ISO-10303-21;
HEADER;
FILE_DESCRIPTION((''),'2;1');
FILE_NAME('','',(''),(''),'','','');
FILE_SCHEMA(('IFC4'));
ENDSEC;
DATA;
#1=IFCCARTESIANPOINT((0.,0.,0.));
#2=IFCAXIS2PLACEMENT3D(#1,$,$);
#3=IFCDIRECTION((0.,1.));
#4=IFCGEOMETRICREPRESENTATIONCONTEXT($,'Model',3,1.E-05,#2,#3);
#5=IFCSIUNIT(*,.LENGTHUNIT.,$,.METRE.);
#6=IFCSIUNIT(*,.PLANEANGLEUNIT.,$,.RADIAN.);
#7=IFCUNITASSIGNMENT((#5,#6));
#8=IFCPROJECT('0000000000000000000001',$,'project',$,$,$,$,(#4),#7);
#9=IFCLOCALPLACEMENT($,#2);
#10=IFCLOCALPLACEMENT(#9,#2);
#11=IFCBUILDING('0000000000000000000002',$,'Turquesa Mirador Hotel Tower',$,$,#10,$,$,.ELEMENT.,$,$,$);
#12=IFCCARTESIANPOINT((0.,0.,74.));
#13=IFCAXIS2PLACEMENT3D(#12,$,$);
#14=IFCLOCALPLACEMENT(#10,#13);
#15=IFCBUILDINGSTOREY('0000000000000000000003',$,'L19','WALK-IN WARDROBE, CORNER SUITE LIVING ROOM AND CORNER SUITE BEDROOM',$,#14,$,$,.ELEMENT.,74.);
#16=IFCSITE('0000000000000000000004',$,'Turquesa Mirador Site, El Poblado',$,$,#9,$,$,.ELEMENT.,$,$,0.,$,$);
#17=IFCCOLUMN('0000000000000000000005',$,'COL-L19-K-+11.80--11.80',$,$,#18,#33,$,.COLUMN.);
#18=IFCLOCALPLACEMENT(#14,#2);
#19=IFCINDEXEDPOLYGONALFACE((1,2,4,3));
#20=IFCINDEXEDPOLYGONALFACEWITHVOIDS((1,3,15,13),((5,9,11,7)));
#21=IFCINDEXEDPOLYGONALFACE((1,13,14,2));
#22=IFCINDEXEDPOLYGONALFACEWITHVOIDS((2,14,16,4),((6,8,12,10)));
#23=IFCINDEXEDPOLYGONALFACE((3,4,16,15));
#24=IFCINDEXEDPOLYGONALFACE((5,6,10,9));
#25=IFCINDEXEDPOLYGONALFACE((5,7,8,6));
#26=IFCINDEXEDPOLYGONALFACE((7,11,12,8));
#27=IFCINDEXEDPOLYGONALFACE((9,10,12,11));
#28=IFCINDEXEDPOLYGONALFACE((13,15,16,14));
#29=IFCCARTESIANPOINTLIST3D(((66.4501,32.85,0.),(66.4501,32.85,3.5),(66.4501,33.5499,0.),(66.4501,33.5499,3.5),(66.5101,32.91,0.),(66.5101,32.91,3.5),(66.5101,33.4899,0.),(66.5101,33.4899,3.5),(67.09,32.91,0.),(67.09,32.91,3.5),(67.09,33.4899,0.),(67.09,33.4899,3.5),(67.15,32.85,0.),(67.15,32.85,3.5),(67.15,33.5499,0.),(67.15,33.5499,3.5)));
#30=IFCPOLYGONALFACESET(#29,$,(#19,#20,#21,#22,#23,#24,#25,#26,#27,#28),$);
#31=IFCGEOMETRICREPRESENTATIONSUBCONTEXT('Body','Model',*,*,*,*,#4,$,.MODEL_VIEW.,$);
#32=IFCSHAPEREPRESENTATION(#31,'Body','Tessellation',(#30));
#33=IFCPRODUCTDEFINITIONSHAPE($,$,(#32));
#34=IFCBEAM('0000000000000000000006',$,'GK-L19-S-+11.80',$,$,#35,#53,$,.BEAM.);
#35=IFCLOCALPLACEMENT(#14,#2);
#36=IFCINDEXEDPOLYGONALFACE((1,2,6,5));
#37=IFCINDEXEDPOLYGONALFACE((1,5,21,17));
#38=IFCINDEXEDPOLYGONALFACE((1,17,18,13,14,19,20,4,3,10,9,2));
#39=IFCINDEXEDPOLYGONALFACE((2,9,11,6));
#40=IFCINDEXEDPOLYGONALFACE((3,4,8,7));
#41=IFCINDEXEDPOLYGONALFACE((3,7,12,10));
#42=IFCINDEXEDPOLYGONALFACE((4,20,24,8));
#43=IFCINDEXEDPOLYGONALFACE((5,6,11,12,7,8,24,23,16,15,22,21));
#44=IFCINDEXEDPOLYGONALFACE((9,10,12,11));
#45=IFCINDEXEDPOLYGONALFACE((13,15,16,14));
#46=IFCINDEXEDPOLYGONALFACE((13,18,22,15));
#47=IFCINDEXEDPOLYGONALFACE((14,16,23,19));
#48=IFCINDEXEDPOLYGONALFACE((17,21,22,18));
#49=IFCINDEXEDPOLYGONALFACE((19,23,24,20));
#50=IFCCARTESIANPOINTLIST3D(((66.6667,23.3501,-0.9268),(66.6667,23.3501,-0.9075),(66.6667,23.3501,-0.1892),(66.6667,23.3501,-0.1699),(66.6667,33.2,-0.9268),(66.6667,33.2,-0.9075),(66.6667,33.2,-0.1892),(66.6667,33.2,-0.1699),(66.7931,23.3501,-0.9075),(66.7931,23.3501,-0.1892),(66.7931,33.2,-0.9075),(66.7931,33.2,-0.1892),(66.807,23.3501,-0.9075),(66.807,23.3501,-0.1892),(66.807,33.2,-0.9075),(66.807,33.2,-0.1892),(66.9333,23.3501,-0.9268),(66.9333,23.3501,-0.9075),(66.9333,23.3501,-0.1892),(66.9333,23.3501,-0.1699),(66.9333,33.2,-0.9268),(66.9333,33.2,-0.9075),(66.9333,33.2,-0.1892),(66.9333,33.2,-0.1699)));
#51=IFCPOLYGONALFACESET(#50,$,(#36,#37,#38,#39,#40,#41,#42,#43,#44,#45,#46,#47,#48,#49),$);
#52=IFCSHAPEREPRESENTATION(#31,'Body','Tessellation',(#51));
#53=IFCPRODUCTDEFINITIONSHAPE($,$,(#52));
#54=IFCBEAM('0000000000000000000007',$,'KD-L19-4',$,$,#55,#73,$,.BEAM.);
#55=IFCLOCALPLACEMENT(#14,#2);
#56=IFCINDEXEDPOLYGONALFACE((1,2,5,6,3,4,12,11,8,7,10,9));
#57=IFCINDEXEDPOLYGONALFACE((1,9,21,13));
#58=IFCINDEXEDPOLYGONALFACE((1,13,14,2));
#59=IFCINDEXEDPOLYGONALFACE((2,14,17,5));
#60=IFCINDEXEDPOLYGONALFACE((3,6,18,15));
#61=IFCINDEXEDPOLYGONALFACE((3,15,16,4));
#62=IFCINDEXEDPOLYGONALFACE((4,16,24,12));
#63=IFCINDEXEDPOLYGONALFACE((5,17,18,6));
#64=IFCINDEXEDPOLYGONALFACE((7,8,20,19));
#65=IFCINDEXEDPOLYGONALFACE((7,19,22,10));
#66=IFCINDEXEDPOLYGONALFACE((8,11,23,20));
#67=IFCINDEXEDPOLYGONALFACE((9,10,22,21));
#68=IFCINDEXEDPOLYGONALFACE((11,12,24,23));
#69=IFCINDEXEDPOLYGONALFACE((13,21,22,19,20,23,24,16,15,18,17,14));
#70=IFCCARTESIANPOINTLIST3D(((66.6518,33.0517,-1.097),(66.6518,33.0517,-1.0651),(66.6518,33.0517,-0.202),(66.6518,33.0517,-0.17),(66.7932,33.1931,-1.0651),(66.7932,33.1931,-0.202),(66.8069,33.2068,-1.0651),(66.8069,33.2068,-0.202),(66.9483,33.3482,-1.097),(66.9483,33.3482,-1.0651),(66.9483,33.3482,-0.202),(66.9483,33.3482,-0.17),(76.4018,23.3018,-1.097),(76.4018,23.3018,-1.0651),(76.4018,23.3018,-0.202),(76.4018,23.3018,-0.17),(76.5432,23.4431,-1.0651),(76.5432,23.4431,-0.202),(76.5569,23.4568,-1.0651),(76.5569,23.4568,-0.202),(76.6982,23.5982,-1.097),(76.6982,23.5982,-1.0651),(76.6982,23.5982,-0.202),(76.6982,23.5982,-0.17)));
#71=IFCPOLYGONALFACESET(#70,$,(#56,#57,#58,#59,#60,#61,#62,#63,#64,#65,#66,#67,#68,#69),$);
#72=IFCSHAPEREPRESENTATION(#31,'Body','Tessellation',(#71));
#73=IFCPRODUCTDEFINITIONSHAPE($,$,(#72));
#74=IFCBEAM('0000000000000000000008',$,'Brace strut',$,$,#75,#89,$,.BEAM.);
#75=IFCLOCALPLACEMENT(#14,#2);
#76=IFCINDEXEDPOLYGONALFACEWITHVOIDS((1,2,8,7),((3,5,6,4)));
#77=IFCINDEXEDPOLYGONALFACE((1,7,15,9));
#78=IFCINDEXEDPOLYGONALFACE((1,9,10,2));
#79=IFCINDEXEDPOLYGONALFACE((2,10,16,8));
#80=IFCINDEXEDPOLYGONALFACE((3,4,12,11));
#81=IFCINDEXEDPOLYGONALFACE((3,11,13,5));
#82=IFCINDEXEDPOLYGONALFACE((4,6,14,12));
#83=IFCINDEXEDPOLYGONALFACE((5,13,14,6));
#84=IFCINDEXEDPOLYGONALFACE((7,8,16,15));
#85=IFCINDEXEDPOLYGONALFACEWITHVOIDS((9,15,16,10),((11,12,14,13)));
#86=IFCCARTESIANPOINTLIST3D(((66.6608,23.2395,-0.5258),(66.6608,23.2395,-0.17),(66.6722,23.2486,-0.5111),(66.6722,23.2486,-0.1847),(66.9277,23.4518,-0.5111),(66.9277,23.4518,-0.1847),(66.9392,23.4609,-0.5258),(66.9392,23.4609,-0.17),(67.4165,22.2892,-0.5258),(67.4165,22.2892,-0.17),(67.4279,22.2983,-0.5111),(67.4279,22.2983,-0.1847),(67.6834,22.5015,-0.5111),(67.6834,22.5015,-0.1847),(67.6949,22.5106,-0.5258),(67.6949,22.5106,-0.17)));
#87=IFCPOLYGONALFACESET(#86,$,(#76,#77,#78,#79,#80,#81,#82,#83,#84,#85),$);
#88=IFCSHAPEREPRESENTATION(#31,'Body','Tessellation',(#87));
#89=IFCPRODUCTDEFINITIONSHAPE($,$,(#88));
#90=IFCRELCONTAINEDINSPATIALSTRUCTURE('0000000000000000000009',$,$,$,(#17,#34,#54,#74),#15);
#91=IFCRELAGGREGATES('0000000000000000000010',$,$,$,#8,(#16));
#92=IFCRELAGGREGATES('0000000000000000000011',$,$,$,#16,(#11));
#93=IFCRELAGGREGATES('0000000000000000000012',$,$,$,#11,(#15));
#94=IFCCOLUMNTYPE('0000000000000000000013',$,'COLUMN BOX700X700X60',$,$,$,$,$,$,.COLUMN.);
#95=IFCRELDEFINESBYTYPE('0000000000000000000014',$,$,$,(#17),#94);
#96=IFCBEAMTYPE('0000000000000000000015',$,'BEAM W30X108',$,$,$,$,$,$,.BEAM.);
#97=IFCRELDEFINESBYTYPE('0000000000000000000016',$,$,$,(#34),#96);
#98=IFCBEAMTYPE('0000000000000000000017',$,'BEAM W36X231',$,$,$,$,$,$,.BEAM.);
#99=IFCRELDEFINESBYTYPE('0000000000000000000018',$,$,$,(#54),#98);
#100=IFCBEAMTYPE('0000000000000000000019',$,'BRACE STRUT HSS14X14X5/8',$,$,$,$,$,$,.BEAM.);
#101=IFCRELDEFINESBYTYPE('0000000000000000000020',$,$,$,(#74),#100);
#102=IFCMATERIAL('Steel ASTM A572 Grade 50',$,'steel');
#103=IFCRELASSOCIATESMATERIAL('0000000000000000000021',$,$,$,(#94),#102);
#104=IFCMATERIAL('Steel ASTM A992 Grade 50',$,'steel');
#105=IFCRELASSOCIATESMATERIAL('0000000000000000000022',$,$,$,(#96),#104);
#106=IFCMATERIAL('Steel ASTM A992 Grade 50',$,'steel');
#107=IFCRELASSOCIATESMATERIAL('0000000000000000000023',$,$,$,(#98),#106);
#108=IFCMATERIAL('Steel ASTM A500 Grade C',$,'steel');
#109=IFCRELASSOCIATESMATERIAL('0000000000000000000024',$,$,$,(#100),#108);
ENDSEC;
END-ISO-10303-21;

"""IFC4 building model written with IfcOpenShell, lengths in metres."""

from ifc_helpers import new_model, si_unit, direction, frame, origin, origin_2d, place, context, subcontext, project, spatial, hollow_rectangle, i_section, extrude, material, material_profile, profile_set, type_object, element, save


model = new_model("IFC4")

# Units and contexts
model_context = context("Model", 3, precision=1e-05, world=origin(), true_north=direction((0.0, 1.0)))
body_context = subcontext(model_context, "Body", "Model", "MODEL_VIEW")
ifc_project = project(units=[si_unit("LENGTHUNIT", "METRE"), si_unit("PLANEANGLEUNIT", "RADIAN")], contexts=[model_context])

# Site, building, storey
site_placement = place(None, origin())
site = spatial("IfcSite", under=ifc_project, at=site_placement, Name="Turquesa Mirador Site, El Poblado", CompositionType="ELEMENT", RefElevation=0.0)
building_placement = place(site_placement, origin())
building = spatial("IfcBuilding", under=site, at=building_placement, Name="Turquesa Mirador Hotel Tower", CompositionType="ELEMENT")
storey_placement = place(building_placement, frame((0.0, 0.0, 74.0)))
storey = spatial("IfcBuildingStorey", under=building, at=storey_placement, Name="L19", Description="WALK-IN WARDROBE, CORNER SUITE LIVING ROOM AND CORNER SUITE BEDROOM", CompositionType="ELEMENT", Elevation=74.0)

# Column
ifc_material_1 = material(Name="Steel ASTM A572 Grade 50", Category="steel")
ifc_material_profile_1 = material_profile(ifc_material_1, hollow_rectangle(XDim=0.7, YDim=0.7, WallThickness=0.0601, at=origin_2d()), Name="BOX700X700X60")
ifc_profile_set_1 = profile_set([ifc_material_profile_1], Name="Steel ASTM A572 Grade 50")
column_type = type_object("IfcColumnType", Name="COLUMN BOX700X700X60", PredefinedType="COLUMN", material=ifc_profile_set_1)
column_placement = place(storey_placement, frame((66.8, 33.2, 0.0), z_axis=(0.0, 0.0, 1.0), x_axis=(1.0, 0.0, 0.0)))
element("IfcColumn", 1, at=column_placement, inside=storey, type_object=column_type, Name="COL-L19-K-+11.80--11.80", PredefinedType="COLUMN", context=body_context, shape_type="SweptSolid", body=[
    extrude(hollow_rectangle(XDim=0.7, YDim=0.7, WallThickness=0.0601, at=origin_2d()), origin(), (0.0, 0.0, 1.0), 3.5),
])

# Beams
ifc_material_2 = material(Name="Steel ASTM A992 Grade 50", Category="steel")
ifc_material_profile_2 = material_profile(ifc_material_2, i_section(OverallWidth=0.2666, OverallDepth=0.7568, WebThickness=0.0139, FlangeThickness=0.0193, at=origin_2d()), Name="W30X108")
ifc_profile_set_2 = profile_set([ifc_material_profile_2], Name="Steel ASTM A992 Grade 50")
beam_type_1 = type_object("IfcBeamType", Name="BEAM W30X108", PredefinedType="BEAM", material=ifc_profile_set_2)
beam_1_placement = place(storey_placement, frame((66.8, 23.3501, -0.5483), z_axis=(0.0, 1.0, 0.0), x_axis=(-1.0, 0.0, 0.0)))
element("IfcBeam", 2, at=beam_1_placement, inside=storey, type_object=beam_type_1, Name="GK-L19-S-+11.80", PredefinedType="BEAM", context=body_context, shape_type="SweptSolid", body=[
    extrude(i_section(OverallWidth=0.2666, OverallDepth=0.7568, WebThickness=0.0139, FlangeThickness=0.0193, at=origin_2d()), origin(), (0.0, 0.0, 1.0), 9.8499),
])
ifc_material_3 = material(Name="Steel ASTM A992 Grade 50", Category="steel")
ifc_material_profile_3 = material_profile(ifc_material_3, i_section(OverallWidth=0.4192, OverallDepth=0.927, WebThickness=0.0193, FlangeThickness=0.032, at=origin_2d()), Name="W36X231")
ifc_profile_set_3 = profile_set([ifc_material_profile_3], Name="Steel ASTM A992 Grade 50")
beam_type_2 = type_object("IfcBeamType", Name="BEAM W36X231", PredefinedType="BEAM", material=ifc_profile_set_3)
beam_2_placement = place(storey_placement, frame((66.8, 33.2, -0.6335), z_axis=(0.707107, -0.707107, 0.0), x_axis=(0.707107, 0.707107, 0.0)))
element("IfcBeam", 3, at=beam_2_placement, inside=storey, type_object=beam_type_2, Name="KD-L19-4", PredefinedType="BEAM", context=body_context, shape_type="SweptSolid", body=[
    extrude(i_section(OverallWidth=0.4192, OverallDepth=0.927, WebThickness=0.0193, FlangeThickness=0.032, at=origin_2d()), origin(), (0.0, 0.0, 1.0), 13.7886),
])
ifc_material_4 = material(Name="Steel ASTM A500 Grade C", Category="steel")
ifc_material_profile_4 = material_profile(ifc_material_4, hollow_rectangle(XDim=0.3557, YDim=0.3557, WallThickness=0.0146, at=origin_2d()), Name="HSS14X14X5/8")
ifc_profile_set_4 = profile_set([ifc_material_profile_4], Name="Steel ASTM A500 Grade C")
beam_type_3 = type_object("IfcBeamType", Name="BRACE STRUT HSS14X14X5/8", PredefinedType="BEAM", material=ifc_profile_set_4)
beam_3_placement = place(storey_placement, frame((67.5557, 22.3999, -0.3479), z_axis=(-0.622412, 0.78269, 0.0), x_axis=(-0.78269, -0.622412, 0.0)))
element("IfcBeam", 4, at=beam_3_placement, inside=storey, type_object=beam_type_3, Name="Brace strut", PredefinedType="BEAM", context=body_context, shape_type="SweptSolid", body=[
    extrude(hollow_rectangle(XDim=0.3557, YDim=0.3557, WallThickness=0.0146, at=origin_2d()), origin(), (0.0, 0.0, 1.0), 1.2141),
])

save(model, "model.ifc")
